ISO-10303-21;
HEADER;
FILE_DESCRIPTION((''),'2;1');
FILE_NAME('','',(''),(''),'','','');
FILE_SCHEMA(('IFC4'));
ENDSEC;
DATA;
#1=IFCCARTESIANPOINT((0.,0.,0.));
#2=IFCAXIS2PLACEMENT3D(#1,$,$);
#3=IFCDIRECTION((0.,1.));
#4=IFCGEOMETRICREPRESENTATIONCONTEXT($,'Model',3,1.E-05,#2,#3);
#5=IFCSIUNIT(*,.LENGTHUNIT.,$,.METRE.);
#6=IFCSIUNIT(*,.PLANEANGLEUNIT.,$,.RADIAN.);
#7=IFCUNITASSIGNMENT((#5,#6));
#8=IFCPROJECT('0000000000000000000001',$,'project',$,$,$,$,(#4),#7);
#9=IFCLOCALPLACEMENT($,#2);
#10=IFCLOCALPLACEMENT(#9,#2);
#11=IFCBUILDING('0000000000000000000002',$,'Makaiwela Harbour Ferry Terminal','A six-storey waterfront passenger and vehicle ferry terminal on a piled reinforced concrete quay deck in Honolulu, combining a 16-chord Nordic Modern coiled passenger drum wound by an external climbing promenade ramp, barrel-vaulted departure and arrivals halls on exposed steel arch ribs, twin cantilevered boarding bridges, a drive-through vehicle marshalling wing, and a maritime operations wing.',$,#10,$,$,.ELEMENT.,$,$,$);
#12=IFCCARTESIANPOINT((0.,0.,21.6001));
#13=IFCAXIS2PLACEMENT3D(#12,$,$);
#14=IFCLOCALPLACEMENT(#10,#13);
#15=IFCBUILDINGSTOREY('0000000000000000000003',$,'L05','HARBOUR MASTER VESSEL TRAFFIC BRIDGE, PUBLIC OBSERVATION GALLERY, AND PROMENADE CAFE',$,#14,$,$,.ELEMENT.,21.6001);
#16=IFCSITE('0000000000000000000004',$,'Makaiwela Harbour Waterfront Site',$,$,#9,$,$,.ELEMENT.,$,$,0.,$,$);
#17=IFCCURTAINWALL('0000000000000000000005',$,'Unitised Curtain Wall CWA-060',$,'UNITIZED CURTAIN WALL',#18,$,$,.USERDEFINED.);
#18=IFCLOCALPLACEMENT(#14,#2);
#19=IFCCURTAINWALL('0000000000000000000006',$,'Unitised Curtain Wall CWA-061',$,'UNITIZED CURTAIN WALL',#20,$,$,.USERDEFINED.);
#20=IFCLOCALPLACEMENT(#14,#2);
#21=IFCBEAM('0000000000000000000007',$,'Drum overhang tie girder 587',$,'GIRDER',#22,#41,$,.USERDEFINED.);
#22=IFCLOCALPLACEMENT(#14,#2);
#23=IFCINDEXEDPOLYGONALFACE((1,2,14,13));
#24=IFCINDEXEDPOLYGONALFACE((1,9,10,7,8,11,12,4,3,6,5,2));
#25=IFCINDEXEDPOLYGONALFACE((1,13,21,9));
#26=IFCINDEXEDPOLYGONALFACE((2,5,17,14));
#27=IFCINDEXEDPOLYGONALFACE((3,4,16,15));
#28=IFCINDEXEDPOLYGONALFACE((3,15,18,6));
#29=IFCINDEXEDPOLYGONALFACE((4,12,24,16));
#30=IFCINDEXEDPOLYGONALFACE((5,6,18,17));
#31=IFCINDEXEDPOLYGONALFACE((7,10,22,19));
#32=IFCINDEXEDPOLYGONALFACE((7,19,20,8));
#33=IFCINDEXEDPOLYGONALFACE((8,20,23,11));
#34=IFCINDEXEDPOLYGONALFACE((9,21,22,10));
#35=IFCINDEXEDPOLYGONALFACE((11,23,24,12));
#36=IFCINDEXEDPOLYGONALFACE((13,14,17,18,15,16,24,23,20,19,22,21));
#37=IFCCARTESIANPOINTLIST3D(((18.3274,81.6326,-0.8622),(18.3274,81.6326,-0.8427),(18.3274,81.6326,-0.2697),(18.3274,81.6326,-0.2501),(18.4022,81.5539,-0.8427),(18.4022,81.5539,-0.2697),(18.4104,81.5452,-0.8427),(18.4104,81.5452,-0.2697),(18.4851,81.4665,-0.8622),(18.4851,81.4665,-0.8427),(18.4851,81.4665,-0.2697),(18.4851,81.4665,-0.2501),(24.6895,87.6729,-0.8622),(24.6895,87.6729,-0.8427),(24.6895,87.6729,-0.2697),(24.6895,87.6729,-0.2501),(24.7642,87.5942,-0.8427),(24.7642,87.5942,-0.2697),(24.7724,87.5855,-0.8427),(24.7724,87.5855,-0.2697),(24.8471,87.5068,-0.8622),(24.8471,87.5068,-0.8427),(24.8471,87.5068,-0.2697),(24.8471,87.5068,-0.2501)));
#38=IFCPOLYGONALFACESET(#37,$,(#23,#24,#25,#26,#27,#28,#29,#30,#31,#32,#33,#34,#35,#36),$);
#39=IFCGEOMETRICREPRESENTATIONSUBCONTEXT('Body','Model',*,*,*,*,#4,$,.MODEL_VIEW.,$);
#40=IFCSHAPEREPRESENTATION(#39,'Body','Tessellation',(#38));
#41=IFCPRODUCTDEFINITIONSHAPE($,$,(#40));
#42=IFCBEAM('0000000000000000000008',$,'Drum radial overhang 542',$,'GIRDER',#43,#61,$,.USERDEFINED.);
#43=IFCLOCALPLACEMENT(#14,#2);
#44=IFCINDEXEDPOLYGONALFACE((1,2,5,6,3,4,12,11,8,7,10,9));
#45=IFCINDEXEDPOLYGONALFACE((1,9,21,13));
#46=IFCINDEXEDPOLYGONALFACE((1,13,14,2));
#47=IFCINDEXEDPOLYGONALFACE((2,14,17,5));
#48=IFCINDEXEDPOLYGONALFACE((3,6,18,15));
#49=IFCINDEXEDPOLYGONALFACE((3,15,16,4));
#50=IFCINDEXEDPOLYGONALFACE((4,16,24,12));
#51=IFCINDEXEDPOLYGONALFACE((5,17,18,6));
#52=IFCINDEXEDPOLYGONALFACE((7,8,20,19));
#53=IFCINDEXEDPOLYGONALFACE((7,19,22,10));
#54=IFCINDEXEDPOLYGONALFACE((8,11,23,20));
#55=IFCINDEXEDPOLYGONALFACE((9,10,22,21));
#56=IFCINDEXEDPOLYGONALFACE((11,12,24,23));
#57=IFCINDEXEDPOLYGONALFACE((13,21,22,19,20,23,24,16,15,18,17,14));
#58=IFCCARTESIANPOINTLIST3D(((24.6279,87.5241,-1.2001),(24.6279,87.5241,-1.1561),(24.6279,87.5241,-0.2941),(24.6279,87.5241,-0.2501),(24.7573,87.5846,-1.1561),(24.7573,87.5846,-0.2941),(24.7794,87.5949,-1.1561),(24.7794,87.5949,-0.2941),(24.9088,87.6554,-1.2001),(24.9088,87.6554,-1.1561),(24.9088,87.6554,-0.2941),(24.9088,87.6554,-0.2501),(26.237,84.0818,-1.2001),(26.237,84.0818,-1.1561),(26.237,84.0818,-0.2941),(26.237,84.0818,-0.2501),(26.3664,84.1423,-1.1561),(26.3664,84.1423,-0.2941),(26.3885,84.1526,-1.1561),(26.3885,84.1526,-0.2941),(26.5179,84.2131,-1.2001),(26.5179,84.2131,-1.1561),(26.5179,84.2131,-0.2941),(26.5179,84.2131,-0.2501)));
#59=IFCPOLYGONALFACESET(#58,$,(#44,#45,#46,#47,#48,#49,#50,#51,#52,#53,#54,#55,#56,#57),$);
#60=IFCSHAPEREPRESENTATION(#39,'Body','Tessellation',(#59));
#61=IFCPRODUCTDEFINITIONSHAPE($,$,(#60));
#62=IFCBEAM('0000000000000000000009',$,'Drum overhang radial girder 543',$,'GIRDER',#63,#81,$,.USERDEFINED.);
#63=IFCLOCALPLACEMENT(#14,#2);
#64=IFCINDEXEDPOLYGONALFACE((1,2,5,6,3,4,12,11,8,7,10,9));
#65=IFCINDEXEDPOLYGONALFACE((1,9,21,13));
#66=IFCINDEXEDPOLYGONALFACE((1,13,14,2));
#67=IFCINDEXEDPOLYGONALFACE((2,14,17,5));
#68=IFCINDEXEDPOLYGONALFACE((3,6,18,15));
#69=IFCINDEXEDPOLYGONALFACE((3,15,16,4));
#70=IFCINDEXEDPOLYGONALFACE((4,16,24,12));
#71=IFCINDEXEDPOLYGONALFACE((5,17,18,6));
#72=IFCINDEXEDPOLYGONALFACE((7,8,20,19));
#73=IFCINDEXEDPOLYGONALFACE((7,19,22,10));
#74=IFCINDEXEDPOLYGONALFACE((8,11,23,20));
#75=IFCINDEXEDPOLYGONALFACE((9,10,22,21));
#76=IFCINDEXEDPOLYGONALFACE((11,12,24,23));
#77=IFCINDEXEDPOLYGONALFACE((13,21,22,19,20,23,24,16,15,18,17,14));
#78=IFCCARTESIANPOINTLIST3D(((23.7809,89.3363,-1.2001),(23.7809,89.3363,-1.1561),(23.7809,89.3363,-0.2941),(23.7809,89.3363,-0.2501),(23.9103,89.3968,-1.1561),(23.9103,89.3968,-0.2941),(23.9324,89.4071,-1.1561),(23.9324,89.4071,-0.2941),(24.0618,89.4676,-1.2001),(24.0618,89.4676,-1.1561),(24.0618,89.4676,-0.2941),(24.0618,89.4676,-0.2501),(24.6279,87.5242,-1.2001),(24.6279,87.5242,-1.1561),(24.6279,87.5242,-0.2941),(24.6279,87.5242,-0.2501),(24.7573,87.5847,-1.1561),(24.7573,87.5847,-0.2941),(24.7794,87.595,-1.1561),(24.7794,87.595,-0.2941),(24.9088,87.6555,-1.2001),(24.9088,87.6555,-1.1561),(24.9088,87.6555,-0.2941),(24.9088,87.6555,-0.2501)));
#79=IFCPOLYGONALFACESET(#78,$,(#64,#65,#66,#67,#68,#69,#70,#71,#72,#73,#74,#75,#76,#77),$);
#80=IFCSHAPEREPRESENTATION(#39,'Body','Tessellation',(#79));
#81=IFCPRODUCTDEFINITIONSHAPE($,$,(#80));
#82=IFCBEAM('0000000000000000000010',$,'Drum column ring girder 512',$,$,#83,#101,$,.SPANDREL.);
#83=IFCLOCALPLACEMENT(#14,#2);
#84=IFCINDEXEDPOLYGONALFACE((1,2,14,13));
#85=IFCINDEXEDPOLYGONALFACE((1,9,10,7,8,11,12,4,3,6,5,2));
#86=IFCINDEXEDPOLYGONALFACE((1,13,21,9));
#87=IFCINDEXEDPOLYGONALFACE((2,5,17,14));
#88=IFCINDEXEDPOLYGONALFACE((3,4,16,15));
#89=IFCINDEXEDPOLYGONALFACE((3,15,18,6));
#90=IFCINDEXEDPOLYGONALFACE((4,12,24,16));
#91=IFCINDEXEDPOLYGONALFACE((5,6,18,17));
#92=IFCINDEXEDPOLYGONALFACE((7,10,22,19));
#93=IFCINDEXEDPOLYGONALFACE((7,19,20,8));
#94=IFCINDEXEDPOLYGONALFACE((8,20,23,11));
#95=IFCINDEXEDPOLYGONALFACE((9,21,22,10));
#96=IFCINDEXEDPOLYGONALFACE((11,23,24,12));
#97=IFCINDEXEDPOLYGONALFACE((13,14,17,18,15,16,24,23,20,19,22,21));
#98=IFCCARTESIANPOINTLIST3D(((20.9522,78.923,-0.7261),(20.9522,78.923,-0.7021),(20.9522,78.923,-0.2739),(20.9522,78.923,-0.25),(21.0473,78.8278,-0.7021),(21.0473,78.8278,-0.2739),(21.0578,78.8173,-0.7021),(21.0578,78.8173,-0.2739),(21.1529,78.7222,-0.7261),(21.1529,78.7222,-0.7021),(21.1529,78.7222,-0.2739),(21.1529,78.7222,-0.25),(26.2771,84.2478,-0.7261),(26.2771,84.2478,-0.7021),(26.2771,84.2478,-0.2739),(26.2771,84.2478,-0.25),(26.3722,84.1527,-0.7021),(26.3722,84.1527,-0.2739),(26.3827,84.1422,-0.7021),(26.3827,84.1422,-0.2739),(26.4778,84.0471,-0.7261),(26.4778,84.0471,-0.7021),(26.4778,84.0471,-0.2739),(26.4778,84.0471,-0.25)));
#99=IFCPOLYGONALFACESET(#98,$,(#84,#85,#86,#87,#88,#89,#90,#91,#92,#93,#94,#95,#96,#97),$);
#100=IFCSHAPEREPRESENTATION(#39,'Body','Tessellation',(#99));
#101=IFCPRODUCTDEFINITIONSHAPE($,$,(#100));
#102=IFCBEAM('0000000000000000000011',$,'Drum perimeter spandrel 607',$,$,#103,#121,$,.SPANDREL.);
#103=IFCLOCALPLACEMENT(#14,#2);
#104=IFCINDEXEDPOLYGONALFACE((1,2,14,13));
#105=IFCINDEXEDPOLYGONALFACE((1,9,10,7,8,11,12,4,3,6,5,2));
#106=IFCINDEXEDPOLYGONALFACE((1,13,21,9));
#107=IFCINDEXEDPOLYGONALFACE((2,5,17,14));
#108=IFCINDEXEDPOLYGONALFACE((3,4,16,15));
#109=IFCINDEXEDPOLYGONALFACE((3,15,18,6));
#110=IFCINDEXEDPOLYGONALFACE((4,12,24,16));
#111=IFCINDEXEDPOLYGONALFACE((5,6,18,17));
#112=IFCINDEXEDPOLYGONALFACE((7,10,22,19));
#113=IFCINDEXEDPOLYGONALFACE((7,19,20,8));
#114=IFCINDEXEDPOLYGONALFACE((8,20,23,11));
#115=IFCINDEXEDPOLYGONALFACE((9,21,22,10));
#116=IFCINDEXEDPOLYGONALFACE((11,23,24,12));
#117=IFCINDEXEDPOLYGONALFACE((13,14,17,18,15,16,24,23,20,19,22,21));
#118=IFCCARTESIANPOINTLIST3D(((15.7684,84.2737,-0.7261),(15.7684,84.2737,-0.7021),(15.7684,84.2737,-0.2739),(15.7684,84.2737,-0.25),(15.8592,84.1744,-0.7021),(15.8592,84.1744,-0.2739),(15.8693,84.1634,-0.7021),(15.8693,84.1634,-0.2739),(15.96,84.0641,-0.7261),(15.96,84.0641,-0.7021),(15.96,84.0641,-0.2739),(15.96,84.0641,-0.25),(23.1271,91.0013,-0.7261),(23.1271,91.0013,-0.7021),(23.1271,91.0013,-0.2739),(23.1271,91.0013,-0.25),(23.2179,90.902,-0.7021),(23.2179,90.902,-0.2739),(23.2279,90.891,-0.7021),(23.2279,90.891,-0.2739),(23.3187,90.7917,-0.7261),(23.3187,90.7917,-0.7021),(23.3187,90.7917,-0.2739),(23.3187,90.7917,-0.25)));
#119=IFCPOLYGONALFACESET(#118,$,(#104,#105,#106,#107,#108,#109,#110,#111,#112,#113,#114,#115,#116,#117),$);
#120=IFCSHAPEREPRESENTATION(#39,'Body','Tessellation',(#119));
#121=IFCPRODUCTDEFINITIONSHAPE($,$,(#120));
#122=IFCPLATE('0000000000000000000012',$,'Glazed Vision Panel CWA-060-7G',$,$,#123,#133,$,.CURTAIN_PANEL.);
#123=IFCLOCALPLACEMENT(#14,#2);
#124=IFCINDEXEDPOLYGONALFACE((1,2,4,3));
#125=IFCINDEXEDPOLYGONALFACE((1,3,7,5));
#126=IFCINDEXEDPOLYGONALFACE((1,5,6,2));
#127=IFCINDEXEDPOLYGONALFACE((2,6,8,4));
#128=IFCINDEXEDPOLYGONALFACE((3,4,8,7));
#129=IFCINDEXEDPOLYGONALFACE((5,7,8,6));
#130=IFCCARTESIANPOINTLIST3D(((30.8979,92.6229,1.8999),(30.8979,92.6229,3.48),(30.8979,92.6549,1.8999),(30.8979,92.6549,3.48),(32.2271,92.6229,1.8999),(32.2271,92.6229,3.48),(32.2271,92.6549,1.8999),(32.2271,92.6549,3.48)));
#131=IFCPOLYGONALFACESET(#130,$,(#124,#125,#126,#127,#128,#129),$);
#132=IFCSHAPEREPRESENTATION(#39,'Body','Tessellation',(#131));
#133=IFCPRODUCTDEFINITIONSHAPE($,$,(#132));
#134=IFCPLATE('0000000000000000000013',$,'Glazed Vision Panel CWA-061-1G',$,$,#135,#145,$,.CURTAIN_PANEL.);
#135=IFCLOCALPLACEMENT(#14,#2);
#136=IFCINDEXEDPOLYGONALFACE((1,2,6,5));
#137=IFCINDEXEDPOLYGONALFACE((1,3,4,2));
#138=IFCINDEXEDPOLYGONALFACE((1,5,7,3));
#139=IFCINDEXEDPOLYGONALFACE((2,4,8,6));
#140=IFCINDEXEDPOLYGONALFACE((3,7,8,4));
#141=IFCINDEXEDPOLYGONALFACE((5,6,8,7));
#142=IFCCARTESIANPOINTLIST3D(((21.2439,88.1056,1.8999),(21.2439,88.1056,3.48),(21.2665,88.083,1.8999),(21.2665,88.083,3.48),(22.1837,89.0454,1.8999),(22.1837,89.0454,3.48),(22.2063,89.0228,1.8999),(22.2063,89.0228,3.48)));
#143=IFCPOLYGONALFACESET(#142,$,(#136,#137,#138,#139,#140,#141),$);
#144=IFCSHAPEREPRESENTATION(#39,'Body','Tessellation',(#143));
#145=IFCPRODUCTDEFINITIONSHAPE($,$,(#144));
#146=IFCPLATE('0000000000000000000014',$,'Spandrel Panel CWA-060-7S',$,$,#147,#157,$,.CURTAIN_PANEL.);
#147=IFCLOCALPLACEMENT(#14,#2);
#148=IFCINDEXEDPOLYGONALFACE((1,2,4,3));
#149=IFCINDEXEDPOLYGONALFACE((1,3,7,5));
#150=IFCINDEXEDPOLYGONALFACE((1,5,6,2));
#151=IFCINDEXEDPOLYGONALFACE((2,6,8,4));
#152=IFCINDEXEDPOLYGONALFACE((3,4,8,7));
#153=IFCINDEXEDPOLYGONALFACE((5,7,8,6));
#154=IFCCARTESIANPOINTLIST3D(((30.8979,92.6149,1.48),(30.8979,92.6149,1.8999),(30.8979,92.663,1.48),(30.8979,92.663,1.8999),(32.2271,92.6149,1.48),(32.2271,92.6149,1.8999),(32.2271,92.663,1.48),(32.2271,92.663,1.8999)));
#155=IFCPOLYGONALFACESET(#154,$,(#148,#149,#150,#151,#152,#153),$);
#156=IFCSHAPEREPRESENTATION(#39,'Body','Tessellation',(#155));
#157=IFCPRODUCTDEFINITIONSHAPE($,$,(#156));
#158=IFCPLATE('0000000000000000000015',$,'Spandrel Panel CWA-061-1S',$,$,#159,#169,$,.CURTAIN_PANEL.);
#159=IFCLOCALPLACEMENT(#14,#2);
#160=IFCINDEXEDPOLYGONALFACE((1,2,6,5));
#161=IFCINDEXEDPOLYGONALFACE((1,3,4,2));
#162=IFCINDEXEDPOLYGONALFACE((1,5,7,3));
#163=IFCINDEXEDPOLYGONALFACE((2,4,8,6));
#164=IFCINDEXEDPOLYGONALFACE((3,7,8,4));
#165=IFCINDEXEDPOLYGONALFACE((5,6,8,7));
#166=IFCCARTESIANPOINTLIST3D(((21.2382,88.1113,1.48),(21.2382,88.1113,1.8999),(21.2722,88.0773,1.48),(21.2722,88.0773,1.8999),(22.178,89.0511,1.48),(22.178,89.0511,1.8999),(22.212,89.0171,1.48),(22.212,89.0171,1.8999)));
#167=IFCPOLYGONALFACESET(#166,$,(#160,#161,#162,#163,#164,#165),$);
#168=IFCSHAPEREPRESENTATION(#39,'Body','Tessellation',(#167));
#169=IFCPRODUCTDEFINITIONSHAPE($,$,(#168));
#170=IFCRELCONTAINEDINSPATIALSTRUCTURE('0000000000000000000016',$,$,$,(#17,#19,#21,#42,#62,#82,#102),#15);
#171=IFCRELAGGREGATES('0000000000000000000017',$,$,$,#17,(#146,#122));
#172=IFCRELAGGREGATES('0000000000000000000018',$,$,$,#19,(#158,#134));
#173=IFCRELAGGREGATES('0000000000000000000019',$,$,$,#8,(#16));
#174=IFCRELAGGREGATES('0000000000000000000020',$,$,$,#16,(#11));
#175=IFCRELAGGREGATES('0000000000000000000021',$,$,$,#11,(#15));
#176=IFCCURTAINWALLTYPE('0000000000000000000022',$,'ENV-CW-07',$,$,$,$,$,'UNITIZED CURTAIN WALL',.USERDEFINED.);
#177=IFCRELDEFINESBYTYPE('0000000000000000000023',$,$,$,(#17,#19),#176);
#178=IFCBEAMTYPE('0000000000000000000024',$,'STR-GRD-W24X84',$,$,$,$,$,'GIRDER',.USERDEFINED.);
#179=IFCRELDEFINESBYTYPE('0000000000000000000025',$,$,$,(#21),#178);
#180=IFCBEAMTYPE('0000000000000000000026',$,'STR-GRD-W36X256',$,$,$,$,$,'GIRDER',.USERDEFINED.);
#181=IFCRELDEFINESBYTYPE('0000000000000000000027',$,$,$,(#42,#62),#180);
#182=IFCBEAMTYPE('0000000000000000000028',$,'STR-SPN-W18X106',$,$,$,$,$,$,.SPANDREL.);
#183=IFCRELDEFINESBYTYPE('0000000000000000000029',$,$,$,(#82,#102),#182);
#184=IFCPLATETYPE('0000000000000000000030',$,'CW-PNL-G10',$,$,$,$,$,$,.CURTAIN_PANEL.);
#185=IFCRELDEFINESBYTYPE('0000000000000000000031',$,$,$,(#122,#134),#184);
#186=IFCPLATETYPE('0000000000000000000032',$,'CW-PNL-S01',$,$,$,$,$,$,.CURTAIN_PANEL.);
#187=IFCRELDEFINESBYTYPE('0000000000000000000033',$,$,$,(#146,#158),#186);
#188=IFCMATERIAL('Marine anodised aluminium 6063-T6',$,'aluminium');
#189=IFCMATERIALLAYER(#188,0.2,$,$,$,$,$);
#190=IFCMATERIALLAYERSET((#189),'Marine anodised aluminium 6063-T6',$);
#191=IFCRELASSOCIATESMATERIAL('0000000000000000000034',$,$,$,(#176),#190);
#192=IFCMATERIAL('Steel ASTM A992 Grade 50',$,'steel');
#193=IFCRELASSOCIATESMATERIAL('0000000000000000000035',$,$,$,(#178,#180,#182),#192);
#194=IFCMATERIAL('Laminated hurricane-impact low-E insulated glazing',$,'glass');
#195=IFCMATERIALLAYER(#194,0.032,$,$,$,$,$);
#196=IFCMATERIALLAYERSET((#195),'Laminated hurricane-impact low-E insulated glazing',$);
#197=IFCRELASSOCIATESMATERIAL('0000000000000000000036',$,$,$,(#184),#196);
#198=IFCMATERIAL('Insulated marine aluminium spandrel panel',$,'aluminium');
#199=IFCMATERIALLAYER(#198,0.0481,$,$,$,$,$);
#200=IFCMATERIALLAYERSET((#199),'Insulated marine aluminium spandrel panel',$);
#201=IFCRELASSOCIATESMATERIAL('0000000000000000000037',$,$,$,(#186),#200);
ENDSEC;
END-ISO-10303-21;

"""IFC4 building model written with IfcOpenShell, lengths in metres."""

from ifc_helpers import new_model, si_unit, direction, frame, origin, origin_2d, place, context, subcontext, project, spatial, rectangle, i_section, extrude, material, layer, layer_set, material_profile, profile_set, type_object, element, aggregate, save


model = new_model("IFC4")

# Units and contexts
model_context = context("Model", 3, precision=1e-05, world=origin(), true_north=direction((0.0, 1.0)))
body_context = subcontext(model_context, "Body", "Model", "MODEL_VIEW")
ifc_project = project(units=[si_unit("LENGTHUNIT", "METRE"), si_unit("PLANEANGLEUNIT", "RADIAN")], contexts=[model_context])

# Site, building, storey
site_placement = place(None, origin())
site = spatial("IfcSite", under=ifc_project, at=site_placement, Name="Makaiwela Harbour Waterfront Site", CompositionType="ELEMENT", RefElevation=0.0)
building_placement = place(site_placement, origin())
building = spatial("IfcBuilding", under=site, at=building_placement, Name="Makaiwela Harbour Ferry Terminal", Description="A six-storey waterfront passenger and vehicle ferry terminal on a piled reinforced concrete quay deck in Honolulu, combining a 16-chord Nordic Modern coiled passenger drum wound by an external climbing promenade ramp, barrel-vaulted departure and arrivals halls on exposed steel arch ribs, twin cantilevered boarding bridges, a drive-through vehicle marshalling wing, and a maritime operations wing.", CompositionType="ELEMENT")
storey_placement = place(building_placement, frame((0.0, 0.0, 21.6001)))
storey = spatial("IfcBuildingStorey", under=building, at=storey_placement, Name="L05", Description="HARBOUR MASTER VESSEL TRAFFIC BRIDGE, PUBLIC OBSERVATION GALLERY, AND PROMENADE CAFE", CompositionType="ELEMENT", Elevation=21.6001)

# Shared definitions
ifc_material_1 = material(Name="Steel ASTM A992 Grade 50", Category="steel")

# Curtain wall
ifc_material_2 = material(Name="Marine anodised aluminium 6063-T6", Category="aluminium")
ifc_layer_1 = layer(ifc_material_2, 0.2)
ifc_layer_set_1 = layer_set([ifc_layer_1], Name="Marine anodised aluminium 6063-T6")
curtain_wall_type = type_object("IfcCurtainWallType", Name="ENV-CW-07", ElementType="UNITIZED CURTAIN WALL", PredefinedType="USERDEFINED", material=ifc_layer_set_1)
curtain_wall_1_placement = place(storey_placement, origin())
curtain_wall_1 = element("IfcCurtainWall", 1, at=curtain_wall_1_placement, inside=storey, type_object=curtain_wall_type, Name="Unitised Curtain Wall CWA-060", ObjectType="UNITIZED CURTAIN WALL", PredefinedType="USERDEFINED")

# Curtain wall
curtain_wall_2_placement = place(storey_placement, origin())
curtain_wall_2 = element("IfcCurtainWall", 2, at=curtain_wall_2_placement, inside=storey, type_object=curtain_wall_type, Name="Unitised Curtain Wall CWA-061", ObjectType="UNITIZED CURTAIN WALL", PredefinedType="USERDEFINED")

# Beams
ifc_material_profile_1 = material_profile(ifc_material_1, i_section(OverallWidth=0.229, OverallDepth=0.6121, WebThickness=0.012, FlangeThickness=0.0195, at=origin_2d()), Name="W24X84")
ifc_profile_set_1 = profile_set([ifc_material_profile_1], Name="Steel ASTM A992 Grade 50")
beam_type_1 = type_object("IfcBeamType", Name="STR-GRD-W24X84", ElementType="GIRDER", PredefinedType="USERDEFINED", material=ifc_profile_set_1)
beam_1_placement = place(storey_placement, frame((24.7683, 87.5898, -0.5562), z_axis=(-0.725209, -0.688529, 0.0), x_axis=(0.688529, -0.725209, 0.0)))
element("IfcBeam", 3, at=beam_1_placement, inside=storey, type_object=beam_type_1, Name="Drum overhang tie girder 587", ObjectType="GIRDER", PredefinedType="USERDEFINED", context=body_context, shape_type="SweptSolid", body=[
    extrude(i_section(OverallWidth=0.229, OverallDepth=0.6121, WebThickness=0.012, FlangeThickness=0.0195, at=origin_2d()), origin(), (0.0, 0.0, 1.0), 8.7727),
])
ifc_material_profile_2 = material_profile(ifc_material_1, i_section(OverallWidth=0.3101, OverallDepth=0.95, WebThickness=0.0244, FlangeThickness=0.0439, at=origin_2d()), Name="W36X256")
ifc_profile_set_2 = profile_set([ifc_material_profile_2], Name="Steel ASTM A992 Grade 50")
beam_type_2 = type_object("IfcBeamType", Name="STR-GRD-W36X256", ElementType="GIRDER", PredefinedType="USERDEFINED", material=ifc_profile_set_2)
beam_2_placement = place(storey_placement, frame((26.3774, 84.1475, -0.7251), z_axis=(-0.423466, 0.905912, 0.0), x_axis=(-0.905912, -0.423466, 0.0)))
element("IfcBeam", 4, at=beam_2_placement, inside=storey, type_object=beam_type_2, Name="Drum radial overhang 542", ObjectType="GIRDER", PredefinedType="USERDEFINED", context=body_context, shape_type="SweptSolid", body=[
    extrude(i_section(OverallWidth=0.3101, OverallDepth=0.95, WebThickness=0.0244, FlangeThickness=0.0439, at=origin_2d()), origin(), (0.0, 0.0, 1.0), 3.7998),
])
beam_3_placement = place(storey_placement, frame((24.7683, 87.5898, -0.7251), z_axis=(-0.423427, 0.90593, 0.0), x_axis=(-0.90593, -0.423427, 0.0)))
element("IfcBeam", 5, at=beam_3_placement, inside=storey, type_object=beam_type_2, Name="Drum overhang radial girder 543", ObjectType="GIRDER", PredefinedType="USERDEFINED", context=body_context, shape_type="SweptSolid", body=[
    extrude(i_section(OverallWidth=0.3101, OverallDepth=0.95, WebThickness=0.0244, FlangeThickness=0.0439, at=origin_2d()), origin(), (0.0, 0.0, 1.0), 2.0002),
])
ifc_material_profile_3 = material_profile(ifc_material_1, i_section(OverallWidth=0.2839, OverallDepth=0.4761, WebThickness=0.0149, FlangeThickness=0.0239, at=origin_2d()), Name="W18X106")
ifc_profile_set_3 = profile_set([ifc_material_profile_3], Name="Steel ASTM A992 Grade 50")
beam_type_3 = type_object("IfcBeamType", Name="STR-SPN-W18X106", PredefinedType="SPANDREL", material=ifc_profile_set_3)
beam_4_placement = place(storey_placement, frame((26.3774, 84.1475, -0.488), z_axis=(-0.707107, -0.707107, 0.0), x_axis=(0.707107, -0.707107, 0.0)))
element("IfcBeam", 6, at=beam_4_placement, inside=storey, type_object=beam_type_3, Name="Drum column ring girder 512", PredefinedType="SPANDREL", context=body_context, shape_type="SweptSolid", body=[
    extrude(i_section(OverallWidth=0.2839, OverallDepth=0.4761, WebThickness=0.0149, FlangeThickness=0.0239, at=origin_2d()), origin(), (0.0, 0.0, 1.0), 7.5305),
])
beam_5_placement = place(storey_placement, frame((23.2229, 90.8965, -0.488), z_axis=(-0.738047, -0.674749, 0.0), x_axis=(0.674749, -0.738047, 0.0)))
element("IfcBeam", 7, at=beam_5_placement, inside=storey, type_object=beam_type_3, Name="Drum perimeter spandrel 607", PredefinedType="SPANDREL", context=body_context, shape_type="SweptSolid", body=[
    extrude(i_section(OverallWidth=0.2839, OverallDepth=0.4761, WebThickness=0.0149, FlangeThickness=0.0239, at=origin_2d()), origin(), (0.0, 0.0, 1.0), 9.9705),
])

# Plates
ifc_material_3 = material(Name="Laminated hurricane-impact low-E insulated glazing", Category="glass")
ifc_layer_2 = layer(ifc_material_3, 0.032)
ifc_layer_set_2 = layer_set([ifc_layer_2], Name="Laminated hurricane-impact low-E insulated glazing")
plate_type_1 = type_object("IfcPlateType", Name="CW-PNL-G10", PredefinedType="CURTAIN_PANEL", material=ifc_layer_set_2)
plate_1_placement = place(storey_placement, frame((31.5625, 92.6389, 1.8999), z_axis=(0.0, 0.0, 1.0), x_axis=(-1.0, 0.0, 0.0)))
plate_1 = element("IfcPlate", 8, at=plate_1_placement, type_object=plate_type_1, Name="Glazed Vision Panel CWA-060-7G", PredefinedType="CURTAIN_PANEL", context=body_context, shape_type="SweptSolid", body=[
    extrude(rectangle(XDim=1.3291, YDim=0.032, at=origin_2d()), origin(), (0.0, 0.0, 1.0), 1.5801),
])
plate_2_placement = place(storey_placement, frame((21.7251, 88.5642, 1.8999), z_axis=(0.0, 0.0, 1.0), x_axis=(-0.707107, -0.707107, 0.0)))
plate_2 = element("IfcPlate", 9, at=plate_2_placement, type_object=plate_type_1, Name="Glazed Vision Panel CWA-061-1G", PredefinedType="CURTAIN_PANEL", context=body_context, shape_type="SweptSolid", body=[
    extrude(rectangle(XDim=1.3291, YDim=0.032, at=origin_2d()), origin(), (0.0, 0.0, 1.0), 1.5801),
])
ifc_material_4 = material(Name="Insulated marine aluminium spandrel panel", Category="aluminium")
ifc_layer_3 = layer(ifc_material_4, 0.0481)
ifc_layer_set_3 = layer_set([ifc_layer_3], Name="Insulated marine aluminium spandrel panel")
plate_type_2 = type_object("IfcPlateType", Name="CW-PNL-S01", PredefinedType="CURTAIN_PANEL", material=ifc_layer_set_3)
plate_3_placement = place(storey_placement, frame((31.5625, 92.6389, 1.48), z_axis=(0.0, 0.0, 1.0), x_axis=(-1.0, 0.0, 0.0)))
plate_3 = element("IfcPlate", 10, at=plate_3_placement, type_object=plate_type_2, Name="Spandrel Panel CWA-060-7S", PredefinedType="CURTAIN_PANEL", context=body_context, shape_type="SweptSolid", body=[
    extrude(rectangle(XDim=1.3291, YDim=0.0481, at=origin_2d()), origin(), (0.0, 0.0, 1.0), 0.4199),
])
aggregate(curtain_wall_1, [plate_3, plate_1])
plate_4_placement = place(storey_placement, frame((21.7251, 88.5642, 1.48), z_axis=(0.0, 0.0, 1.0), x_axis=(-0.707107, -0.707107, 0.0)))
plate_4 = element("IfcPlate", 11, at=plate_4_placement, type_object=plate_type_2, Name="Spandrel Panel CWA-061-1S", PredefinedType="CURTAIN_PANEL", context=body_context, shape_type="SweptSolid", body=[
    extrude(rectangle(XDim=1.3291, YDim=0.0481, at=origin_2d()), origin(), (0.0, 0.0, 1.0), 0.4199),
])
aggregate(curtain_wall_2, [plate_4, plate_2])

save(model, "model.ifc")
